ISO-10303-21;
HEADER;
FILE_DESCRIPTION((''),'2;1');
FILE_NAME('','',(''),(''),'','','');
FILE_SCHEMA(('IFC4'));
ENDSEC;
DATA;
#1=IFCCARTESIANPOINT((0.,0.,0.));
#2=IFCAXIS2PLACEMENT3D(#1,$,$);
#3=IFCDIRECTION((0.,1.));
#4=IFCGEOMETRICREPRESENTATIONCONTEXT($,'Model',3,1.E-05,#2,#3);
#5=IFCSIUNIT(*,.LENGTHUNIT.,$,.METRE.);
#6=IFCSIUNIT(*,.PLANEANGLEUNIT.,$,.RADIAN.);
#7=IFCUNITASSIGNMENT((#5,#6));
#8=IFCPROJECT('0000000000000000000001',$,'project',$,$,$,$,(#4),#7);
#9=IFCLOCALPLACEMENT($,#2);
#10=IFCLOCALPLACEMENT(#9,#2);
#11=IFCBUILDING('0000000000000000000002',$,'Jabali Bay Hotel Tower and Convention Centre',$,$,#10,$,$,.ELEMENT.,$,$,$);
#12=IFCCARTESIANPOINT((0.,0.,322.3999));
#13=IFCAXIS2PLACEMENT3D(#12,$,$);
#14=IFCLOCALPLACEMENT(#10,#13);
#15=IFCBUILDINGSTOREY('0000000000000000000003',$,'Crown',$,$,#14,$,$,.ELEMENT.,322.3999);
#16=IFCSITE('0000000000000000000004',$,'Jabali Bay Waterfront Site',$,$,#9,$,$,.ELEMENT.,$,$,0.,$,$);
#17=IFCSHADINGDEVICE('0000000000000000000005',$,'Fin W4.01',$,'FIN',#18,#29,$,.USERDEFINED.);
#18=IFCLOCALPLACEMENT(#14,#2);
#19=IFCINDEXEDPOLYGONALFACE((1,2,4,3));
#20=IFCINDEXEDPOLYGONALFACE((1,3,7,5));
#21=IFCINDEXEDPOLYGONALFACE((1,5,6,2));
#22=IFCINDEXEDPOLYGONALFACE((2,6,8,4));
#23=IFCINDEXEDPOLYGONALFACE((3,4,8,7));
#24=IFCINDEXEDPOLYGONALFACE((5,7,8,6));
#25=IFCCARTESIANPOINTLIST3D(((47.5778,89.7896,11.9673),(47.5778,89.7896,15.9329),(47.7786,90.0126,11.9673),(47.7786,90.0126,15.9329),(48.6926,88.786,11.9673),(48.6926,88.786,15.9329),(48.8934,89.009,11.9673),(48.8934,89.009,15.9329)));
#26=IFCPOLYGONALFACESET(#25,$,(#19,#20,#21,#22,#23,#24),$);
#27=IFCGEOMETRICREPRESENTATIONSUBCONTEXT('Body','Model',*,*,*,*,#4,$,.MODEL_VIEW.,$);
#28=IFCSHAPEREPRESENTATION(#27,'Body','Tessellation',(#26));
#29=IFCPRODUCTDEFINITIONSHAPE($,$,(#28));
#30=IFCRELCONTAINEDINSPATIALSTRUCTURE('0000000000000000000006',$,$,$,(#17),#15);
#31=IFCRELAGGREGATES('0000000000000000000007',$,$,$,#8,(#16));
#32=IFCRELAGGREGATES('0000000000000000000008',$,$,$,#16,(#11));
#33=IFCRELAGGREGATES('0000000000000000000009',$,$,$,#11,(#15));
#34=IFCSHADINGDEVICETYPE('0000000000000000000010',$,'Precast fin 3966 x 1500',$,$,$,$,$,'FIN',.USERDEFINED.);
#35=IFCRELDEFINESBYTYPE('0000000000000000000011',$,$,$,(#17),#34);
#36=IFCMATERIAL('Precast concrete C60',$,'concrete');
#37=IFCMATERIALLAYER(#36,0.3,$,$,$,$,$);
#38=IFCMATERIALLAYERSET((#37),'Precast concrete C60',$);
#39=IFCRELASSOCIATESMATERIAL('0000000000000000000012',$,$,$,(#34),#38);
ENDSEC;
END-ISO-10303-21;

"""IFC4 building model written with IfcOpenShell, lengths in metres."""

from ifc_helpers import new_model, si_unit, direction, frame, frame_2d, origin, place, context, subcontext, project, spatial, rectangle, extrude, material, layer, layer_set, type_object, element, save


model = new_model("IFC4")

# Units and contexts
model_context = context("Model", 3, precision=1e-05, world=origin(), true_north=direction((0.0, 1.0)))
body_context = subcontext(model_context, "Body", "Model", "MODEL_VIEW")
ifc_project = project(units=[si_unit("LENGTHUNIT", "METRE"), si_unit("PLANEANGLEUNIT", "RADIAN")], contexts=[model_context])

# Site, building, storey
site_placement = place(None, origin())
site = spatial("IfcSite", under=ifc_project, at=site_placement, Name="Jabali Bay Waterfront Site", CompositionType="ELEMENT", RefElevation=0.0)
building_placement = place(site_placement, origin())
building = spatial("IfcBuilding", under=site, at=building_placement, Name="Jabali Bay Hotel Tower and Convention Centre", CompositionType="ELEMENT")
storey_placement = place(building_placement, frame((0.0, 0.0, 322.3999)))
storey = spatial("IfcBuildingStorey", under=building, at=storey_placement, Name="Crown", CompositionType="ELEMENT", Elevation=322.3999)

# Shading device
ifc_material_1 = material(Name="Precast concrete C60", Category="concrete")
ifc_layer = layer(ifc_material_1, 0.3)
ifc_layer_set = layer_set([ifc_layer], Name="Precast concrete C60")
shading_device_type = type_object("IfcShadingDeviceType", Name="Precast fin 3966 x 1500", ElementType="FIN", PredefinedType="USERDEFINED", material=ifc_layer_set)
for number, where, z_axis, x_axis, name in (
    (1, (48.793, 88.8975, 11.9673), (0.0, 0.0, 1.0), (-0.743165, 0.669109, 0.0), "Fin W4.01"),
):
    element("IfcShadingDevice", number, at=place(storey_placement, frame(where, z_axis=z_axis, x_axis=x_axis)), inside=storey, type_object=shading_device_type, Name=name, ObjectType="FIN", PredefinedType="USERDEFINED", context=body_context, shape_type="SweptSolid", body=[
        extrude(rectangle(XDim=1.5, YDim=0.3, at=frame_2d((0.75, 0.0))), origin(), (0.0, 0.0, 1.0), 3.9656),
    ])

save(model, "model.ifc")
